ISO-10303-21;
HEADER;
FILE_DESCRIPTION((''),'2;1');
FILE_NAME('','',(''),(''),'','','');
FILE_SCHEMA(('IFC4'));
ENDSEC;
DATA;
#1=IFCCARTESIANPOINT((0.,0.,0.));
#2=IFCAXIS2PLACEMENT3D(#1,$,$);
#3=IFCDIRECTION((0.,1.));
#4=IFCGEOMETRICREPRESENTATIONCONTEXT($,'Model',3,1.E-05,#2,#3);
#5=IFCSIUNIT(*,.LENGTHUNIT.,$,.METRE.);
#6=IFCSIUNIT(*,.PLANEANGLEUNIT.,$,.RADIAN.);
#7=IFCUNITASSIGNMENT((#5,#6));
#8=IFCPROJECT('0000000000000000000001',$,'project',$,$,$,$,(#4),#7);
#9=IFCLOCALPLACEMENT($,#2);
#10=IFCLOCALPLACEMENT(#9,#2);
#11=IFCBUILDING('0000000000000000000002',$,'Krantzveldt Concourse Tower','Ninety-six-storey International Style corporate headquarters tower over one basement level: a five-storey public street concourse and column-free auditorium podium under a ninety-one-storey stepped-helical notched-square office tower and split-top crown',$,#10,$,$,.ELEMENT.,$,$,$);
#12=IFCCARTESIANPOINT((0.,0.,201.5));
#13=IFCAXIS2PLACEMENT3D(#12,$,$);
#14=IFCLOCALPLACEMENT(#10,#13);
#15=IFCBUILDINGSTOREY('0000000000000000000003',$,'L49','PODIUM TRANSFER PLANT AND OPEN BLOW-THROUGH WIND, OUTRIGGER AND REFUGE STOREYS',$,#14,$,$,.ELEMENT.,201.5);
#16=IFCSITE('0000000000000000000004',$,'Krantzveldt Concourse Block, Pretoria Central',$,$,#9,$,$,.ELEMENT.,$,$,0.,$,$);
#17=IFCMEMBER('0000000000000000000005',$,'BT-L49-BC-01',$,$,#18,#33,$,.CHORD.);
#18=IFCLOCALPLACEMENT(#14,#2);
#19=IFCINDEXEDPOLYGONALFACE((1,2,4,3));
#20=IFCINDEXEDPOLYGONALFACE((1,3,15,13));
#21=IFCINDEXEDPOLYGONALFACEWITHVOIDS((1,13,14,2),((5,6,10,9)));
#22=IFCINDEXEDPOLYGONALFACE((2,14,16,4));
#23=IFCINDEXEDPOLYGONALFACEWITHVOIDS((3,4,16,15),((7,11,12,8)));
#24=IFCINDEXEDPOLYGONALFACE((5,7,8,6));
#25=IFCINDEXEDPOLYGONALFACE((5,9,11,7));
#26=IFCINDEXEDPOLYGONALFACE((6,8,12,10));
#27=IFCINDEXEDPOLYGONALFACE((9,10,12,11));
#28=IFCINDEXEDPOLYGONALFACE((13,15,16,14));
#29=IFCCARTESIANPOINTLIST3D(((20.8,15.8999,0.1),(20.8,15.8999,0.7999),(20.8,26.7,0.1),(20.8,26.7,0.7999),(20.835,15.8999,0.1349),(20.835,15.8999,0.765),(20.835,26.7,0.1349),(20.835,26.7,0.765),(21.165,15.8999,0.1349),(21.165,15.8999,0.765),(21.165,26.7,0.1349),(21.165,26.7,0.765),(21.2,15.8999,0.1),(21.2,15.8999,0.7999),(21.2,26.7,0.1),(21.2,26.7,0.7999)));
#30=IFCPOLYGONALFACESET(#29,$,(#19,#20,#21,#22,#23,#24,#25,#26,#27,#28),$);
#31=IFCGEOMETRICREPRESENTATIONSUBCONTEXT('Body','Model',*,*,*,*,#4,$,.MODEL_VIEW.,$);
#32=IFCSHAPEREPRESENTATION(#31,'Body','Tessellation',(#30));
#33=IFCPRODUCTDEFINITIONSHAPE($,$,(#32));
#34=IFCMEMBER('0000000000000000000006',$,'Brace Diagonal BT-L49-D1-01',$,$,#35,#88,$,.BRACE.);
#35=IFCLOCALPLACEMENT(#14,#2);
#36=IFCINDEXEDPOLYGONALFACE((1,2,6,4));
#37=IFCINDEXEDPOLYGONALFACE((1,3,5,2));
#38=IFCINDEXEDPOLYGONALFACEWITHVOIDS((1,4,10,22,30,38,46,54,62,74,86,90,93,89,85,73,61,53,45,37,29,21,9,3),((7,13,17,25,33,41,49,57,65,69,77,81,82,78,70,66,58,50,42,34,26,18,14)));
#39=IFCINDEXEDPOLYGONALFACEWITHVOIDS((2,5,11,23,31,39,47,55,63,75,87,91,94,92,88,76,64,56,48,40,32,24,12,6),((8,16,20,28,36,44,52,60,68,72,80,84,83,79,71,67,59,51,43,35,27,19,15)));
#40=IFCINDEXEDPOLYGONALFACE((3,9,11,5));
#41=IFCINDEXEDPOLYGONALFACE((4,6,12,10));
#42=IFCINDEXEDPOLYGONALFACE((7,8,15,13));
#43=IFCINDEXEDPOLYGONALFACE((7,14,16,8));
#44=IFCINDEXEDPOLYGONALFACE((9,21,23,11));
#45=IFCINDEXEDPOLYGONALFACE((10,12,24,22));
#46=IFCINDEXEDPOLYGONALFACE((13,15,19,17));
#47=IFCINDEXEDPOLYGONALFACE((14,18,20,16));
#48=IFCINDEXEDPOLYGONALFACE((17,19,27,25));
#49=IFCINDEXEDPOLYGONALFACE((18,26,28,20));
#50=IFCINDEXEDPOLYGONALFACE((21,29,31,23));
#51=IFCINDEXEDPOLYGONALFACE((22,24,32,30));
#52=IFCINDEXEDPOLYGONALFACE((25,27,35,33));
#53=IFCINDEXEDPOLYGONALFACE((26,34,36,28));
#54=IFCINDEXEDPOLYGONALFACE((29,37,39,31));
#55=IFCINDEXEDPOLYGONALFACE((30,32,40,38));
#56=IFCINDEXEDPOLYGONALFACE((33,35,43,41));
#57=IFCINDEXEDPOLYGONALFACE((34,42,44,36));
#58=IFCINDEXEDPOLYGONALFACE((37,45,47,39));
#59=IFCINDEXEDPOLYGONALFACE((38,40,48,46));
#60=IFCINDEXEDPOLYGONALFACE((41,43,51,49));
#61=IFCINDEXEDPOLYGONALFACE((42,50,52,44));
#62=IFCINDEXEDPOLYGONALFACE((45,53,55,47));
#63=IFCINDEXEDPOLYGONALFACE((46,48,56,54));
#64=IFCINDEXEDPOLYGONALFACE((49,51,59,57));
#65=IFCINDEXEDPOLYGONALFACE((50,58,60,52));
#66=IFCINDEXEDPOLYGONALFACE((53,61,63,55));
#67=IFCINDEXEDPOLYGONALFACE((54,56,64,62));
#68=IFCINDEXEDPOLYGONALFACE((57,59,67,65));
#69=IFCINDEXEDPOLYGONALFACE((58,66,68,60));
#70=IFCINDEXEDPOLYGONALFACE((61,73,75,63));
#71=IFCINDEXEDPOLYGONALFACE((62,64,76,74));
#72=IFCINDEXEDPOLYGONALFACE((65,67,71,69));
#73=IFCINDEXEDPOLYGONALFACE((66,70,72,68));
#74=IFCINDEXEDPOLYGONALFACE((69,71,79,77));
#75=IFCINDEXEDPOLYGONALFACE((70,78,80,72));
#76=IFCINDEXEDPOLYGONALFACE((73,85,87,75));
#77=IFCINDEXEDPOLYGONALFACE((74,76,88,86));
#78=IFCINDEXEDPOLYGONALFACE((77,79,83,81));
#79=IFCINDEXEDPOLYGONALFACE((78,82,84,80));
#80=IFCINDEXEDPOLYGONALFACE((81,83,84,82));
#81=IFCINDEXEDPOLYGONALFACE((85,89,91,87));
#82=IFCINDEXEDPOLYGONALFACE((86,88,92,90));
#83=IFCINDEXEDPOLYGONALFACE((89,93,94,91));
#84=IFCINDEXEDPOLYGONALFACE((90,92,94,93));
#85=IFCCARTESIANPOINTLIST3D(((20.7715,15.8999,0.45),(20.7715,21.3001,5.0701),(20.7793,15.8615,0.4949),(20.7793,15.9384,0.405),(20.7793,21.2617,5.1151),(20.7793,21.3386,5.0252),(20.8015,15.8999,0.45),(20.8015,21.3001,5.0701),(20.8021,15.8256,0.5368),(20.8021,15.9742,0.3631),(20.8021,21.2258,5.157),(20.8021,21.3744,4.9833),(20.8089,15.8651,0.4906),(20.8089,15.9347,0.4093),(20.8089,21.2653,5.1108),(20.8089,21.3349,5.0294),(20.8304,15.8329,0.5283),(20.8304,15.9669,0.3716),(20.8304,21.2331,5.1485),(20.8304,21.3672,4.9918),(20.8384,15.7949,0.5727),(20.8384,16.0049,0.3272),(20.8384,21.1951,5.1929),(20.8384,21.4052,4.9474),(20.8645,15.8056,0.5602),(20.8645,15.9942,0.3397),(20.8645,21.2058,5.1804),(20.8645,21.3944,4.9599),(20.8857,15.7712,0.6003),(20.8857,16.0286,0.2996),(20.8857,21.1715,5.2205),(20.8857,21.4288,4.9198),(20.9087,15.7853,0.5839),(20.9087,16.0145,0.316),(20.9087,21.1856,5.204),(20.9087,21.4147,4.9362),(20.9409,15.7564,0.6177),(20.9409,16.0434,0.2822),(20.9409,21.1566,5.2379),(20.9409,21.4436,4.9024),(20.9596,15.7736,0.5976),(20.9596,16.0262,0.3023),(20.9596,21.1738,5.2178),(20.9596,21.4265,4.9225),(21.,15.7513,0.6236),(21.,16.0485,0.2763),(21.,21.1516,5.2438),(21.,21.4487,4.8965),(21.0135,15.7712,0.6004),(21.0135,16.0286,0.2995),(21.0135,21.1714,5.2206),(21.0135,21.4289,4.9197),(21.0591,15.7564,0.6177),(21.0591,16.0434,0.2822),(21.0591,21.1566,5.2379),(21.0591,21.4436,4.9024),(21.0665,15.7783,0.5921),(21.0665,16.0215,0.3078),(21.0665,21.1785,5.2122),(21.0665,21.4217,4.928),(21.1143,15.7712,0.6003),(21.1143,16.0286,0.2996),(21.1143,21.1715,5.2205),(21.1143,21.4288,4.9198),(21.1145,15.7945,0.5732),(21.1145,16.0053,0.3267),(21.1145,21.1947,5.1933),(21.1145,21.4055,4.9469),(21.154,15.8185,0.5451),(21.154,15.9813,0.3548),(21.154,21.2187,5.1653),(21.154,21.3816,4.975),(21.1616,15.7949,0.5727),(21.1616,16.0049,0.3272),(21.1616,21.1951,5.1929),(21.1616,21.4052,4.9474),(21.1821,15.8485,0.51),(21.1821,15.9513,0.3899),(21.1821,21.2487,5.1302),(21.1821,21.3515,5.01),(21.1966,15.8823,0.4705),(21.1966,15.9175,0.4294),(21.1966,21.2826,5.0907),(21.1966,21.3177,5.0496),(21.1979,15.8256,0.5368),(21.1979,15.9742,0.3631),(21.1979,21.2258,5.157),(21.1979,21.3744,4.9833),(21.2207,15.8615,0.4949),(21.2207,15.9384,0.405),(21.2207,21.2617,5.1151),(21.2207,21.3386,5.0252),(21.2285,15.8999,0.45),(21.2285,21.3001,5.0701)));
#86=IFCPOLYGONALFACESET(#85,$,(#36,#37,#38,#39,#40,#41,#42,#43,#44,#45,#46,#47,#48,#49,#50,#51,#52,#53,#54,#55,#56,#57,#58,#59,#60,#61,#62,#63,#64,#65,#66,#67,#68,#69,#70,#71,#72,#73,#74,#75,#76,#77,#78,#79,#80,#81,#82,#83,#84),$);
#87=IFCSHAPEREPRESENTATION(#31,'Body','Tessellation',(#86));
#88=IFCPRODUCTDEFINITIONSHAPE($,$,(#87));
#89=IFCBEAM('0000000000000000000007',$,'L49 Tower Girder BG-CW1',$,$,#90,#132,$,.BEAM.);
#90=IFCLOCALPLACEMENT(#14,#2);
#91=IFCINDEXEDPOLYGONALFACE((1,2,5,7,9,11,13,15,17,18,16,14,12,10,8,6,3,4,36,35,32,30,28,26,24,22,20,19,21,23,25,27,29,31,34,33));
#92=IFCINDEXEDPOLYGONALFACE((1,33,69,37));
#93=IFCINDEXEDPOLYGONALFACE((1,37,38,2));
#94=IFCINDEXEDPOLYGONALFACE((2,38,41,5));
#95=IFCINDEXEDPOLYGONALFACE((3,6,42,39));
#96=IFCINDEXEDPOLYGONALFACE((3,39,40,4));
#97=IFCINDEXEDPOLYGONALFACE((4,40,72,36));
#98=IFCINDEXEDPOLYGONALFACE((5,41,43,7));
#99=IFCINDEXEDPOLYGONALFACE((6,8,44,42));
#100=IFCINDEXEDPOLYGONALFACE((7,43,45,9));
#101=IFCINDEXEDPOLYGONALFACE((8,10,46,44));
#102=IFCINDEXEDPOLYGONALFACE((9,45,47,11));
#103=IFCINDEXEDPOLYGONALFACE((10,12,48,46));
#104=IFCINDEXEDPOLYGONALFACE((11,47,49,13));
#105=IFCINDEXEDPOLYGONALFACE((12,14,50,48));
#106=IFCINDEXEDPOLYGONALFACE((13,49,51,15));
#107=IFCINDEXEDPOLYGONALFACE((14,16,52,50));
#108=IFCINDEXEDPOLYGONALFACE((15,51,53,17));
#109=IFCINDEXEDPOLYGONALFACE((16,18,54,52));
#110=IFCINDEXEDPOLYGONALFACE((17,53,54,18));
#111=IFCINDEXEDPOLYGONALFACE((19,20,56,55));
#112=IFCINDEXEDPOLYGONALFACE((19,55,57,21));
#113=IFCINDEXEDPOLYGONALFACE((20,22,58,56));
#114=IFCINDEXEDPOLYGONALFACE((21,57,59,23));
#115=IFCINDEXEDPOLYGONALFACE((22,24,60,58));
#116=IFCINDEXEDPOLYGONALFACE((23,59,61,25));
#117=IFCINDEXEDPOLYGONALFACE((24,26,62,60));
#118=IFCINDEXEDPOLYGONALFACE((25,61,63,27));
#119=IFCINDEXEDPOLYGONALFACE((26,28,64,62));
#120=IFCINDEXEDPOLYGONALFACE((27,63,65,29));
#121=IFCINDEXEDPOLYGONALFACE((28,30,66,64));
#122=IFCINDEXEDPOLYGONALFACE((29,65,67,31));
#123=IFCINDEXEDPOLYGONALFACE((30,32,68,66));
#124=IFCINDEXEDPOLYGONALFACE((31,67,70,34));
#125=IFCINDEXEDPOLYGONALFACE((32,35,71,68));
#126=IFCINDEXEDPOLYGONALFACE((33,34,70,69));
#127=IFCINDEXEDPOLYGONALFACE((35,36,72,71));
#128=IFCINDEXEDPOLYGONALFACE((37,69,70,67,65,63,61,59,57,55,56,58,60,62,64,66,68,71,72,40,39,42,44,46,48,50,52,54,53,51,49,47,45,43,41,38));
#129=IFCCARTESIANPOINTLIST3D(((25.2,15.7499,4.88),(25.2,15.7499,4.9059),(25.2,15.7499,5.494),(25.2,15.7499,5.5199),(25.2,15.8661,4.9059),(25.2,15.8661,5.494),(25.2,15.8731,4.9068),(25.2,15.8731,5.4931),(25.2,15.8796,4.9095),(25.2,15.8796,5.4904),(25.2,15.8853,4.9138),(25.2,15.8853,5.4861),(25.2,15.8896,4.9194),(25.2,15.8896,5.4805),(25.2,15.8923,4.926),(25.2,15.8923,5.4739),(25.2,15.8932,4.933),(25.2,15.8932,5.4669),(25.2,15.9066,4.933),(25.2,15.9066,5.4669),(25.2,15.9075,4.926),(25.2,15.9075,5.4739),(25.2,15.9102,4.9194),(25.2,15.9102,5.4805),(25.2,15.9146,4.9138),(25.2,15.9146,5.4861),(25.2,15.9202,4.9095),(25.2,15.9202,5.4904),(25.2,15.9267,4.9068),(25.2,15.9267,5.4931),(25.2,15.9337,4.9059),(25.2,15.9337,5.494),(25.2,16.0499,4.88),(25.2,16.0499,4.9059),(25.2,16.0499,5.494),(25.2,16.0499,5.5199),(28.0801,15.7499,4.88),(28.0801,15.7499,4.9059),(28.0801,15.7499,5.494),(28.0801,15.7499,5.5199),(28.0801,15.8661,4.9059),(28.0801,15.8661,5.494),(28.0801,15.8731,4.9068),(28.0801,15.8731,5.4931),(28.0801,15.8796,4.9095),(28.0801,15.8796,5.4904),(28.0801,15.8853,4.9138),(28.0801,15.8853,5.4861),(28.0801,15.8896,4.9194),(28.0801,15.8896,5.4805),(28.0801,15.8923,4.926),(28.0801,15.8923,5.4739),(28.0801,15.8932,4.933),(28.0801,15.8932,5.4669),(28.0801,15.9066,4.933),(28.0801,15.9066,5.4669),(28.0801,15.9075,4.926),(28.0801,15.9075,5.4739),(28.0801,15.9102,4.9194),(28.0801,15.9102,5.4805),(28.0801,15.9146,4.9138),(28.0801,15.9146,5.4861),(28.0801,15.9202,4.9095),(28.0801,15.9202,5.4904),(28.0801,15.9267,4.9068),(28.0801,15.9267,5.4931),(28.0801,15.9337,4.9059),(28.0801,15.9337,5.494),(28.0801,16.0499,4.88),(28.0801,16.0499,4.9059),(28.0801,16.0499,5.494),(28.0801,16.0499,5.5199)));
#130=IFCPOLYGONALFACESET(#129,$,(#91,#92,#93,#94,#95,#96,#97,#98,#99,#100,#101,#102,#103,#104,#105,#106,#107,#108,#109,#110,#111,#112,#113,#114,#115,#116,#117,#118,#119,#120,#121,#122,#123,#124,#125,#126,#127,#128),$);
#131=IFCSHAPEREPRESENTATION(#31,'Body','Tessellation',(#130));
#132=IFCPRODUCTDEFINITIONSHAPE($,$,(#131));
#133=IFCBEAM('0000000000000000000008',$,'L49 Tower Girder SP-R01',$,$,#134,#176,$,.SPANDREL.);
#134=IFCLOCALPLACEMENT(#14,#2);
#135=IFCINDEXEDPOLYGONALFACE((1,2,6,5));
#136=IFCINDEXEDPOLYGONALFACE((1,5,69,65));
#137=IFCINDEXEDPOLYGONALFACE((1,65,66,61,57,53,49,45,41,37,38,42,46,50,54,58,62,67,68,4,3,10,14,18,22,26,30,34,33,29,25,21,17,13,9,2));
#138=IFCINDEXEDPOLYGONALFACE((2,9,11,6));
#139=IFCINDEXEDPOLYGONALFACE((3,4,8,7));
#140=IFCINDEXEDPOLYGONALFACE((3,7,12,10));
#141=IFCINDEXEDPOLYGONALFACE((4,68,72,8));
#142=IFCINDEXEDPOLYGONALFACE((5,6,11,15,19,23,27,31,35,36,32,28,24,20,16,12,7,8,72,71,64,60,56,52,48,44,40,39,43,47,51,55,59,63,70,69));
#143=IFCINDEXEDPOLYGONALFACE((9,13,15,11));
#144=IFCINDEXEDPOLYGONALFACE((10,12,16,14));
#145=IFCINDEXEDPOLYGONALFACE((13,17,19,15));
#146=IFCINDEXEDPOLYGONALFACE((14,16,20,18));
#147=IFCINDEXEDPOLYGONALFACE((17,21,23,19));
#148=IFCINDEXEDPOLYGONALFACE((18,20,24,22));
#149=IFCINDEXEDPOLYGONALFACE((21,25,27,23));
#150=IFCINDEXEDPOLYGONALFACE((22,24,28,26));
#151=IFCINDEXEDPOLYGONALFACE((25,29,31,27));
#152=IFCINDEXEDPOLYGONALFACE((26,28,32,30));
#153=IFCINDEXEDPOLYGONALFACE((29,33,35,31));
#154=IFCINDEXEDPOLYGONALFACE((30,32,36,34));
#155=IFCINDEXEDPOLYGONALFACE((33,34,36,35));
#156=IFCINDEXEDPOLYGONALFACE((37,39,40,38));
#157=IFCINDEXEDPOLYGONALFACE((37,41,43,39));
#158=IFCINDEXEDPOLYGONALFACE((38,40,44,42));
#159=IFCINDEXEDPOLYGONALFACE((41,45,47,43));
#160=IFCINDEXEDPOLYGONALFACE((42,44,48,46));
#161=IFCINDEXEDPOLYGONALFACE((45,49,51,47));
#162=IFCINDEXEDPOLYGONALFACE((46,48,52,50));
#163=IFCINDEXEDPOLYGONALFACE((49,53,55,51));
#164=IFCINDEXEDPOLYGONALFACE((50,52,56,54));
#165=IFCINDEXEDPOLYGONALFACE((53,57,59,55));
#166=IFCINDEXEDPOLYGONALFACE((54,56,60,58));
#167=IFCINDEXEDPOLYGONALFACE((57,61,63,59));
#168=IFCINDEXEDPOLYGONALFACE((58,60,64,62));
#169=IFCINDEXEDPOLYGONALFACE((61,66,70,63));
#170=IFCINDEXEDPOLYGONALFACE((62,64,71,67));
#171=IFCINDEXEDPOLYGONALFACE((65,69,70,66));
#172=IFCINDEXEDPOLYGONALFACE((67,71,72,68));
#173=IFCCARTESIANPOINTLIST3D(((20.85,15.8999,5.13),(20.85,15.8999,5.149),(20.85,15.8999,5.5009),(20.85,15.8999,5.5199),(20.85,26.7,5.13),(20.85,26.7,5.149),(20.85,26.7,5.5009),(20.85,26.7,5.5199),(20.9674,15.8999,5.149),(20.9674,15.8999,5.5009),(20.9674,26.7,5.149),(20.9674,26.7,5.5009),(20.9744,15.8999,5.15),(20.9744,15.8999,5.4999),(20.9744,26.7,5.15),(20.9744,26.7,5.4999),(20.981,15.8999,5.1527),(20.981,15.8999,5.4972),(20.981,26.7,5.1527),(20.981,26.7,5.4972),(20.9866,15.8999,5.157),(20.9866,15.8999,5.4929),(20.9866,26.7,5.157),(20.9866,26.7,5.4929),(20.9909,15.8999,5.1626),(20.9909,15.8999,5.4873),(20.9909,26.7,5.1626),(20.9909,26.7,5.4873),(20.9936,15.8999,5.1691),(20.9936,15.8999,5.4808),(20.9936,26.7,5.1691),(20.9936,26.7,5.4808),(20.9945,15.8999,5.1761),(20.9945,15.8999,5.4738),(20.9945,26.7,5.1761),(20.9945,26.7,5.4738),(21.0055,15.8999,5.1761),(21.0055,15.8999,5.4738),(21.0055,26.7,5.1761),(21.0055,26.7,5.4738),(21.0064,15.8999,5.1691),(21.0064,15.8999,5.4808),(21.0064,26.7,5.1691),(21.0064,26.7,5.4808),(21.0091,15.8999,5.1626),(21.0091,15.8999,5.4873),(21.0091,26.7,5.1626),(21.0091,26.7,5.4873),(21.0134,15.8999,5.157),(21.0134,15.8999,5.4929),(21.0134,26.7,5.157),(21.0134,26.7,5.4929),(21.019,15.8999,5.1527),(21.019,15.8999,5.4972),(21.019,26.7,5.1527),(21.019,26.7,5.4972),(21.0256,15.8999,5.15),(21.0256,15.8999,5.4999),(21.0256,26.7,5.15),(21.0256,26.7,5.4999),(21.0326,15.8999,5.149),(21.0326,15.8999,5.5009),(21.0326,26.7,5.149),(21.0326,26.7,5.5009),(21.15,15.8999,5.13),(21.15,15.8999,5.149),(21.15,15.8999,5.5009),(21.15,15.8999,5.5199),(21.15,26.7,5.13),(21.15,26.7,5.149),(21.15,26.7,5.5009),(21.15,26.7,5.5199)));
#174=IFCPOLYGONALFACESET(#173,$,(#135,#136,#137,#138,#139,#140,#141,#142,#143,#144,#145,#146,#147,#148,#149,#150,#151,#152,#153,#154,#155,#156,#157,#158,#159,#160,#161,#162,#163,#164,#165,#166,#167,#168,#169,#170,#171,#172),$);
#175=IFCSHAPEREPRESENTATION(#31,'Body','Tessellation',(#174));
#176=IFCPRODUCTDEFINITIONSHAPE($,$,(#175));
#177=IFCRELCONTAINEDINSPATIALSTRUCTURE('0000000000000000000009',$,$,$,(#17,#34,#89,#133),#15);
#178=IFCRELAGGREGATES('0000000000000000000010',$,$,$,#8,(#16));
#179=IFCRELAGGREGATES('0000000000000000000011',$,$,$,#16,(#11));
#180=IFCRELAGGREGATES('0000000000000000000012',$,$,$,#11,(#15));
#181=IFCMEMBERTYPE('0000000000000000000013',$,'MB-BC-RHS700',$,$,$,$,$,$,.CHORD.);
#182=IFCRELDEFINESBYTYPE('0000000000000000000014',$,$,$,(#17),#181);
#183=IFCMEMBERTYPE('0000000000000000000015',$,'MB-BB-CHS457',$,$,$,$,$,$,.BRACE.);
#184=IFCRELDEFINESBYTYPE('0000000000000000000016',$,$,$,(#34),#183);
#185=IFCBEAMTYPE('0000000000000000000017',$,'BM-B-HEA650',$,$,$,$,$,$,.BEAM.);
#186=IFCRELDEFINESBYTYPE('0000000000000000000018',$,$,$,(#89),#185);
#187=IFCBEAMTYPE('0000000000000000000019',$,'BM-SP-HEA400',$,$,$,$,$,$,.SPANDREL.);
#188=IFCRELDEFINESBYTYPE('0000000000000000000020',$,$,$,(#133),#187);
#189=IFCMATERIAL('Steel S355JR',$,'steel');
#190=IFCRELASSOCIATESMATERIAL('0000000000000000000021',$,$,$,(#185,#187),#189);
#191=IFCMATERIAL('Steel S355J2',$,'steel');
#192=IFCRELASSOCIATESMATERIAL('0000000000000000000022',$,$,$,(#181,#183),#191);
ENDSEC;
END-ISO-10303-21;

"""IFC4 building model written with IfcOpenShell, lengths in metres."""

from ifc_helpers import new_model, si_unit, direction, frame, origin, origin_2d, place, context, subcontext, project, spatial, hollow_rectangle, hollow_circle, i_section, extrude, source, transform, mapped, material, material_profile, profile_set, type_object, type_shapes, element, save


model = new_model("IFC4")

# Units and contexts
model_context = context("Model", 3, precision=1e-05, world=origin(), true_north=direction((0.0, 1.0)))
body_context = subcontext(model_context, "Body", "Model", "MODEL_VIEW")
ifc_project = project(units=[si_unit("LENGTHUNIT", "METRE"), si_unit("PLANEANGLEUNIT", "RADIAN")], contexts=[model_context])

# Site, building, storey
site_placement = place(None, origin())
site = spatial("IfcSite", under=ifc_project, at=site_placement, Name="Krantzveldt Concourse Block, Pretoria Central", CompositionType="ELEMENT", RefElevation=0.0)
building_placement = place(site_placement, origin())
building = spatial("IfcBuilding", under=site, at=building_placement, Name="Krantzveldt Concourse Tower", Description="Ninety-six-storey International Style corporate headquarters tower over one basement level: a five-storey public street concourse and column-free auditorium podium under a ninety-one-storey stepped-helical notched-square office tower and split-top crown", CompositionType="ELEMENT")
storey_placement = place(building_placement, frame((0.0, 0.0, 201.5)))
storey = spatial("IfcBuildingStorey", under=building, at=storey_placement, Name="L49", Description="PODIUM TRANSFER PLANT AND OPEN BLOW-THROUGH WIND, OUTRIGGER AND REFUGE STOREYS", CompositionType="ELEMENT", Elevation=201.5)

# Shared definitions
ifc_material_1 = material(Name="Steel S355JR", Category="steel")
ifc_material_profile_1 = material_profile(ifc_material_1, i_section(OverallWidth=0.3, OverallDepth=0.6399, WebThickness=0.0134, FlangeThickness=0.0259, FilletRadius=0.0271, at=origin_2d()), Name="Steel S355JR", Category="steel")
ifc_profile_set_1 = profile_set([ifc_material_profile_1], Name="Steel S355JR - HEA 650")
beam_type_1 = type_object("IfcBeamType", Name="BM-B-HEA650", PredefinedType="BEAM", material=ifc_profile_set_1)

# Members
ifc_material_2 = material(Name="Steel S355J2", Category="steel")
ifc_material_profile_2 = material_profile(ifc_material_2, hollow_rectangle(XDim=0.3999, YDim=0.7, WallThickness=0.0349, at=origin_2d()), Name="Steel S355J2", Category="steel")
ifc_profile_set_2 = profile_set([ifc_material_profile_2], Name="Steel S355J2 - RHS 700x400x35")
member_type_1 = type_object("IfcMemberType", Name="MB-BC-RHS700", PredefinedType="CHORD", material=ifc_profile_set_2)
shared_shape_1 = source(origin(), body_context, "Body", "SweptSolid", [
    extrude(hollow_rectangle(XDim=0.3999, YDim=0.7, WallThickness=0.0349, at=origin_2d()), origin(), (0.0, 0.0, 1.0), 10.8),
])
type_shapes(member_type_1, [shared_shape_1])
member_1_placement = place(storey_placement, frame((21.0, 15.8999, 0.45), z_axis=(0.0, 1.0, 0.0), x_axis=(-1.0, 0.0, 0.0)))
element("IfcMember", 1, at=member_1_placement, inside=storey, type_object=member_type_1, Name="BT-L49-BC-01", PredefinedType="CHORD", context=body_context, shape_type="MappedRepresentation", body=[
    mapped(shared_shape_1, transform((0.0, 0.0, 0.0), x_axis=(1.0, 0.0, 0.0), y_axis=(0.0, 1.0, 0.0), z_axis=(0.0, 0.0, 1.0), scale=1.0)),
])
ifc_material_profile_3 = material_profile(ifc_material_2, hollow_circle(Radius=0.2285, WallThickness=0.03, at=origin_2d()), Name="Steel S355J2", Category="steel")
ifc_profile_set_3 = profile_set([ifc_material_profile_3], Name="Steel S355J2 - CHS 457x30")
member_type_2 = type_object("IfcMemberType", Name="MB-BB-CHS457", PredefinedType="BRACE", material=ifc_profile_set_3)
shared_shape_2 = source(origin(), body_context, "Body", "SweptSolid", [
    extrude(hollow_circle(Radius=0.2285, WallThickness=0.03, at=origin_2d()), origin(), (0.0, 0.0, 1.0), 7.1069),
])
type_shapes(member_type_2, [shared_shape_2])
member_2_placement = place(storey_placement, frame((21.0, 15.8999, 0.45), z_axis=(0.0, 0.759853, 0.650095), x_axis=(-1.0, 0.0, 0.0)))
element("IfcMember", 2, at=member_2_placement, inside=storey, type_object=member_type_2, Name="Brace Diagonal BT-L49-D1-01", PredefinedType="BRACE", context=body_context, shape_type="MappedRepresentation", body=[
    mapped(shared_shape_2, transform((0.0, 0.0, 0.0), x_axis=(1.0, 0.0, 0.0), y_axis=(0.0, 1.0, 0.0), z_axis=(0.0, 0.0, 1.0), scale=1.0)),
])

# Beams
shared_shape_3 = source(origin(), body_context, "Body", "SweptSolid", [
    extrude(i_section(OverallWidth=0.3, OverallDepth=0.6399, WebThickness=0.0134, FlangeThickness=0.0259, FilletRadius=0.0271, at=origin_2d()), origin(), (0.0, 0.0, 1.0), 2.8801),
])
beam_1_placement = place(storey_placement, frame((25.2, 15.8999, 5.2), z_axis=(1.0, 0.0, 0.0), x_axis=(0.0, 1.0, 0.0)))
element("IfcBeam", 3, at=beam_1_placement, inside=storey, type_object=beam_type_1, Name="L49 Tower Girder BG-CW1", PredefinedType="BEAM", context=body_context, shape_type="MappedRepresentation", body=[
    mapped(shared_shape_3, transform((0.0, 0.0, 0.0), x_axis=(1.0, 0.0, 0.0), y_axis=(0.0, 1.0, 0.0), z_axis=(0.0, 0.0, 1.0), scale=1.0)),
])
ifc_material_profile_4 = material_profile(ifc_material_1, i_section(OverallWidth=0.3, OverallDepth=0.3899, WebThickness=0.011, FlangeThickness=0.019, FilletRadius=0.0271, at=origin_2d()), Name="Steel S355JR", Category="steel")
ifc_profile_set_4 = profile_set([ifc_material_profile_4], Name="Steel S355JR - HEA 400")
beam_type_2 = type_object("IfcBeamType", Name="BM-SP-HEA400", PredefinedType="SPANDREL", material=ifc_profile_set_4)
shared_shape_4 = source(origin(), body_context, "Body", "SweptSolid", [
    extrude(i_section(OverallWidth=0.3, OverallDepth=0.3899, WebThickness=0.011, FlangeThickness=0.019, FilletRadius=0.0271, at=origin_2d()), origin(), (0.0, 0.0, 1.0), 10.8),
])
type_shapes(beam_type_2, [shared_shape_4])
beam_2_placement = place(storey_placement, frame((21.0, 15.8999, 5.325), z_axis=(0.0, 1.0, 0.0), x_axis=(-1.0, 0.0, 0.0)))
element("IfcBeam", 4, at=beam_2_placement, inside=storey, type_object=beam_type_2, Name="L49 Tower Girder SP-R01", PredefinedType="SPANDREL", context=body_context, shape_type="MappedRepresentation", body=[
    mapped(shared_shape_4, transform((0.0, 0.0, 0.0), x_axis=(1.0, 0.0, 0.0), y_axis=(0.0, 1.0, 0.0), z_axis=(0.0, 0.0, 1.0), scale=1.0)),
])

save(model, "model.ifc")
